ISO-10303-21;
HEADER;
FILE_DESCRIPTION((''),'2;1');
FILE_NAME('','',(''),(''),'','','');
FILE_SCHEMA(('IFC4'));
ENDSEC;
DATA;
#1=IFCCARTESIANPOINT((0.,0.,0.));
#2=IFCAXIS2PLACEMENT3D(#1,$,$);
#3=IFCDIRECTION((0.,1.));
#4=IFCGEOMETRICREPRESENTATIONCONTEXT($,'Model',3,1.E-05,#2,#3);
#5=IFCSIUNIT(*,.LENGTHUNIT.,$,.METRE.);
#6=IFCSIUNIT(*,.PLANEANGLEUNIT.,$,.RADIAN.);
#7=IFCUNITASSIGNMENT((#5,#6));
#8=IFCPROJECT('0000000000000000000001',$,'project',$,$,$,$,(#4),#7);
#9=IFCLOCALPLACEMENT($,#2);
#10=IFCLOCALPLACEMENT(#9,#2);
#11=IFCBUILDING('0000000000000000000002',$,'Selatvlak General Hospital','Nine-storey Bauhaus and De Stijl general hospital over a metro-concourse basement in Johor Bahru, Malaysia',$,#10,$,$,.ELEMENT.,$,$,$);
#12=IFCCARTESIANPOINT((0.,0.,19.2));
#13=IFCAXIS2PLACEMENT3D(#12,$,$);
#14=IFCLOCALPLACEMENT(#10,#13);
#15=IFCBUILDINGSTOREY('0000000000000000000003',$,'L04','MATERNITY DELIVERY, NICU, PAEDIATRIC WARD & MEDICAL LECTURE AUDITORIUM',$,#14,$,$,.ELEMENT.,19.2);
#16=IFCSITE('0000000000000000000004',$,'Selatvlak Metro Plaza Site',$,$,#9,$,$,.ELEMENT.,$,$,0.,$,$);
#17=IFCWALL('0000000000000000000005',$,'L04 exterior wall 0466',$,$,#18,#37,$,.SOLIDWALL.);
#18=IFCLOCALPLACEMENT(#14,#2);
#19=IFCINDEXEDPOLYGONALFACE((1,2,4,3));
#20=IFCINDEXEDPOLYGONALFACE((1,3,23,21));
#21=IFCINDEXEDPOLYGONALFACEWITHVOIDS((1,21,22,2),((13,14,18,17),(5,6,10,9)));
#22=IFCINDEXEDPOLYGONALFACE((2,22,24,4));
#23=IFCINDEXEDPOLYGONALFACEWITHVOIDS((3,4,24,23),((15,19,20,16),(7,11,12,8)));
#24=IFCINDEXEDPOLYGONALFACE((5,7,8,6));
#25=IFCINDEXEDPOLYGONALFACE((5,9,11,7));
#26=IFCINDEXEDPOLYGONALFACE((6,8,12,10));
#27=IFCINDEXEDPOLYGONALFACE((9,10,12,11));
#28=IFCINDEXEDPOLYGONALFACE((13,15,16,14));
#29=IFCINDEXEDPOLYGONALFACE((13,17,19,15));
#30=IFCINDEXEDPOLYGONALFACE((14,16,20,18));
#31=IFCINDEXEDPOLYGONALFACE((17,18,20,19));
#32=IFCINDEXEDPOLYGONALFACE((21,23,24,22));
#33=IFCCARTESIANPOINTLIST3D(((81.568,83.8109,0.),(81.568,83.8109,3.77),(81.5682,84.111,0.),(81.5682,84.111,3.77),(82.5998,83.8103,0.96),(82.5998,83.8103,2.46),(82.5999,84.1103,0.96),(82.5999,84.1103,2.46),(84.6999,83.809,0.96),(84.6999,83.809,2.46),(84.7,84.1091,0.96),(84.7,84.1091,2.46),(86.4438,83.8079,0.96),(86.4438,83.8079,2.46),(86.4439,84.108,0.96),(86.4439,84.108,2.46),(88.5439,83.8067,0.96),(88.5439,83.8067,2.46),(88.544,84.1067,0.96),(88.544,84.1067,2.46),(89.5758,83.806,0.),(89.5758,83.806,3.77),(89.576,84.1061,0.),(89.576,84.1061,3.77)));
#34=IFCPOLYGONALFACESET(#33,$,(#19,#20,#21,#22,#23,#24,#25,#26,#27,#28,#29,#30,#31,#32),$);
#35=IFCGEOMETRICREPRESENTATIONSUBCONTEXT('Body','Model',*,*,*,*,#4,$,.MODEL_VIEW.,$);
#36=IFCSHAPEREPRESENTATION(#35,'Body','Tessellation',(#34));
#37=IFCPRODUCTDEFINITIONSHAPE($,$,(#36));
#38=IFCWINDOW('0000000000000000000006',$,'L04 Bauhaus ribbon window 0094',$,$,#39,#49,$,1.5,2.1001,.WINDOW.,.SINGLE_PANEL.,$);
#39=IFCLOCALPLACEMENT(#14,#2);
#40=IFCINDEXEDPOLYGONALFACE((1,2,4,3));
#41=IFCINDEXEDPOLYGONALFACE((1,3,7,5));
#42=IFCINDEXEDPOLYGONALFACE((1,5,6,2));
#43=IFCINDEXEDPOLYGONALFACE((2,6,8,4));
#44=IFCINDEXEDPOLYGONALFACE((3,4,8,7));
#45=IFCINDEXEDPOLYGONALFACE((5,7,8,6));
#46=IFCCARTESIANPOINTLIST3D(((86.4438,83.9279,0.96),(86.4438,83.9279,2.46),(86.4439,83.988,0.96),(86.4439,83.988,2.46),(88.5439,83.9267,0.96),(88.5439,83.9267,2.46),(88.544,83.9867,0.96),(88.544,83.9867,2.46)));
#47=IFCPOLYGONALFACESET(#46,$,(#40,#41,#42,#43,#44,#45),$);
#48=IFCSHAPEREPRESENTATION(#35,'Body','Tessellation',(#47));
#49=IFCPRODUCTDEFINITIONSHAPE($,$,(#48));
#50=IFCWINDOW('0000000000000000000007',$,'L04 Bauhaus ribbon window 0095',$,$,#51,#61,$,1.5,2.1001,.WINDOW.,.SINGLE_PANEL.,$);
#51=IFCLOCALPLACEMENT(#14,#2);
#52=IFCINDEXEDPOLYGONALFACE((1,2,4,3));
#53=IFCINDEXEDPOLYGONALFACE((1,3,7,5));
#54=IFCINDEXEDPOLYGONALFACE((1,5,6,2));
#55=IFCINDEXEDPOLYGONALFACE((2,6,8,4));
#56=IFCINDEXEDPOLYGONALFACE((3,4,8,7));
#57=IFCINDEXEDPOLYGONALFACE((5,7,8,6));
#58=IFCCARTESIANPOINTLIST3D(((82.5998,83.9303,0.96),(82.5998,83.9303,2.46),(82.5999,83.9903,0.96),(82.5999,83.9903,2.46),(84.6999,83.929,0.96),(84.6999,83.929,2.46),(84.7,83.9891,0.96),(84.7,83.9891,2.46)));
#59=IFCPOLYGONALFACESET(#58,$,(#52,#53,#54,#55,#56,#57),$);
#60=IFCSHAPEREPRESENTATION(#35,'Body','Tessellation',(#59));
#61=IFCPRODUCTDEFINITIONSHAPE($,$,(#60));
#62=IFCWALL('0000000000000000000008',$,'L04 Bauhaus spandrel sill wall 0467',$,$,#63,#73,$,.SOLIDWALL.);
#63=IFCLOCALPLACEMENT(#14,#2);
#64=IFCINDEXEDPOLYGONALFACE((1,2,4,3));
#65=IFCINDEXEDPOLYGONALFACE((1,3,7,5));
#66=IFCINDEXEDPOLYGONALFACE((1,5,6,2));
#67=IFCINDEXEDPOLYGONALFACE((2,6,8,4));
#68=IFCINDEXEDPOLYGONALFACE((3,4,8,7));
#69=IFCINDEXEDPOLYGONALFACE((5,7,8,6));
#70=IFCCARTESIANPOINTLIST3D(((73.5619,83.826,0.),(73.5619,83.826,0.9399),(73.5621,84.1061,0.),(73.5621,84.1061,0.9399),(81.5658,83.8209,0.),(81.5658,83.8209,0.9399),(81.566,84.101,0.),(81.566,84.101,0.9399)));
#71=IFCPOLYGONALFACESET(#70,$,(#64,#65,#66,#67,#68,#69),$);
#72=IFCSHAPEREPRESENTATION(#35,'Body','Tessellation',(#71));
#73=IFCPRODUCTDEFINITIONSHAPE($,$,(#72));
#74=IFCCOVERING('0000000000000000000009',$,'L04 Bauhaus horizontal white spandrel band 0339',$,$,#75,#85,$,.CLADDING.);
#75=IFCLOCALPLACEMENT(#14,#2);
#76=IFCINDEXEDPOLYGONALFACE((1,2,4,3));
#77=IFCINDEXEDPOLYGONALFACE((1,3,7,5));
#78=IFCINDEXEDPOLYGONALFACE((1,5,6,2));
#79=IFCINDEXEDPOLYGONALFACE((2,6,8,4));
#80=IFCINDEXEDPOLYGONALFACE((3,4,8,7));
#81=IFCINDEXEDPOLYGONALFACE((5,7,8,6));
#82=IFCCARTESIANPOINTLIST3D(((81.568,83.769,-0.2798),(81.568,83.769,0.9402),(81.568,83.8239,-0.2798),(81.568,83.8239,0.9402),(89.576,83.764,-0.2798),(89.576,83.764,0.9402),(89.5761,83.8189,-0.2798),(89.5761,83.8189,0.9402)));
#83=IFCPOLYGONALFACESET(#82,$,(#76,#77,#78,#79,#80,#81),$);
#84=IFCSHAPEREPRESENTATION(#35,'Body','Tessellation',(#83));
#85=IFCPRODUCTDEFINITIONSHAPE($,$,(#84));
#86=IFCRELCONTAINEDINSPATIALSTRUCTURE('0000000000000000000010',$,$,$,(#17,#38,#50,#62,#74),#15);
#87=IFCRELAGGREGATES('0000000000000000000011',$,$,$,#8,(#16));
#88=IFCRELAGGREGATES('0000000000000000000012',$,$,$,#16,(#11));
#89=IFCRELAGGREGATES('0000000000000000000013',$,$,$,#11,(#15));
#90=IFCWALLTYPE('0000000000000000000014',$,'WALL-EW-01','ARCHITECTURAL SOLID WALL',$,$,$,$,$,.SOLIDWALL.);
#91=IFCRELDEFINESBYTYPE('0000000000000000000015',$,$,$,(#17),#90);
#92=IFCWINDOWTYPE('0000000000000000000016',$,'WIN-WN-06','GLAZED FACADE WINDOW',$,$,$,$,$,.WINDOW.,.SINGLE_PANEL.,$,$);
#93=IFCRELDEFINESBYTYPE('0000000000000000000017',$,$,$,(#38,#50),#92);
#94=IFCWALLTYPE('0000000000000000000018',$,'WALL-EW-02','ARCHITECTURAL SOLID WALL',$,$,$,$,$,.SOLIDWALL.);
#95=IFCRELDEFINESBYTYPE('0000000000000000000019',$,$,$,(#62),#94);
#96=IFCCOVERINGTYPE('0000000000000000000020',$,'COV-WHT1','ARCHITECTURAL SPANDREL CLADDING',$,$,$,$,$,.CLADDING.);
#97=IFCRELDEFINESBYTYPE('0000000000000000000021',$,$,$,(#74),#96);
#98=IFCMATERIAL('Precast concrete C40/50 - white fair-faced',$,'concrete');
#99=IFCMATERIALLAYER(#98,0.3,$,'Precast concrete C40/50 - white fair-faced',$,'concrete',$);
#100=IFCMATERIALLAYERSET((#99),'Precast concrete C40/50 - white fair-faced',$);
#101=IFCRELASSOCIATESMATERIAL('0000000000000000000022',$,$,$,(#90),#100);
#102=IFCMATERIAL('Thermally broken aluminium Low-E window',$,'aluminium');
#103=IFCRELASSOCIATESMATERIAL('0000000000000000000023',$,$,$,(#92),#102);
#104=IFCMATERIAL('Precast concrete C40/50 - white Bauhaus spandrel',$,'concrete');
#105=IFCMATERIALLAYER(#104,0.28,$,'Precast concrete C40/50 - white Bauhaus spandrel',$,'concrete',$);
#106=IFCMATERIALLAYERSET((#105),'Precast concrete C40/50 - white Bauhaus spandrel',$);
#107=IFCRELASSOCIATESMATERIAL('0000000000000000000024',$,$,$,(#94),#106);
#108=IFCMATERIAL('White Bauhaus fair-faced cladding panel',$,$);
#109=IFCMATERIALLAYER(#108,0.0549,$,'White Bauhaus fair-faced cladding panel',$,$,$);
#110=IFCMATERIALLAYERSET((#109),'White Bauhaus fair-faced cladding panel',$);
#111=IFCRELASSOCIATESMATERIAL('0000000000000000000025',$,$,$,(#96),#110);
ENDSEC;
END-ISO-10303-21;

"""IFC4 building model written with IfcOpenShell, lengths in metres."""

from ifc_helpers import new_model, si_unit, direction, frame, frame_2d, origin, origin_2d, place, context, subcontext, project, spatial, rectangle, extrude, material, layer, layer_set, type_object, element, fill, save


model = new_model("IFC4")

# Units and contexts
model_context = context("Model", 3, precision=1e-05, world=origin(), true_north=direction((0.0, 1.0)))
body_context = subcontext(model_context, "Body", "Model", "MODEL_VIEW")
ifc_project = project(units=[si_unit("LENGTHUNIT", "METRE"), si_unit("PLANEANGLEUNIT", "RADIAN")], contexts=[model_context])

# Site, building, storey
site_placement = place(None, origin())
site = spatial("IfcSite", under=ifc_project, at=site_placement, Name="Selatvlak Metro Plaza Site", CompositionType="ELEMENT", RefElevation=0.0)
building_placement = place(site_placement, origin())
building = spatial("IfcBuilding", under=site, at=building_placement, Name="Selatvlak General Hospital", Description="Nine-storey Bauhaus and De Stijl general hospital over a metro-concourse basement in Johor Bahru, Malaysia", CompositionType="ELEMENT")
storey_placement = place(building_placement, frame((0.0, 0.0, 19.2)))
storey = spatial("IfcBuildingStorey", under=building, at=storey_placement, Name="L04", Description="MATERNITY DELIVERY, NICU, PAEDIATRIC WARD & MEDICAL LECTURE AUDITORIUM", CompositionType="ELEMENT", Elevation=19.2)

# Wall, openings, windows
ifc_material_1 = material(Name="Precast concrete C40/50 - white fair-faced", Category="concrete")
ifc_layer_1 = layer(ifc_material_1, 0.3, Name="Precast concrete C40/50 - white fair-faced", Category="concrete")
ifc_layer_set_1 = layer_set([ifc_layer_1], Name="Precast concrete C40/50 - white fair-faced")
wall_type_1 = type_object("IfcWallType", Name="WALL-EW-01", Description="ARCHITECTURAL SOLID WALL", PredefinedType="SOLIDWALL", material=ifc_layer_set_1)
wall_1_placement = place(storey_placement, frame((89.5759, 83.9561, 0.0), z_axis=(0.0, 0.0, 1.0), x_axis=(-1.0, 0.00061, 0.0)))
wall_1 = element("IfcWall", 1, at=wall_1_placement, inside=storey, type_object=wall_type_1, Name="L04 exterior wall 0466", PredefinedType="SOLIDWALL", context=body_context, shape_type="SweptSolid", body=[
    extrude(rectangle(XDim=8.0078, YDim=0.3, at=frame_2d((4.0039, 0.0))), origin(), (0.0, 0.0, 1.0), 3.77),
])
opening_1_placement = place(wall_1_placement, frame((1.032, 0.0, 0.96)))
opening_1 = element("IfcOpeningElement", 2, at=opening_1_placement, cuts=wall_1, PredefinedType="OPENING", context=body_context, shape_type="SweptSolid", body=[
    extrude(rectangle(XDim=2.1001, YDim=1.5, at=frame_2d((1.05, 0.75))), frame((0.0, 0.1599, 0.0), z_axis=(0.0, -1.0, 0.0), x_axis=(1.0, 0.0, 0.0)), (0.0, 0.0, 1.0), 0.3201),
])
opening_2_placement = place(wall_1_placement, frame((4.876, 0.0, 0.96)))
opening_2 = element("IfcOpeningElement", 3, at=opening_2_placement, cuts=wall_1, PredefinedType="OPENING", context=body_context, shape_type="SweptSolid", body=[
    extrude(rectangle(XDim=2.1001, YDim=1.5, at=frame_2d((1.05, 0.75))), frame((0.0, 0.1599, 0.0), z_axis=(0.0, -1.0, 0.0), x_axis=(1.0, 0.0, 0.0)), (0.0, 0.0, 1.0), 0.3201),
])
ifc_material_2 = material(Name="Thermally broken aluminium Low-E window", Category="aluminium")
window_type = type_object("IfcWindowType", Name="WIN-WN-06", Description="GLAZED FACADE WINDOW", PartitioningType="SINGLE_PANEL", PredefinedType="WINDOW", material=ifc_material_2)
window_1_placement = place(opening_1_placement, origin())
window_1 = element("IfcWindow", 4, at=window_1_placement, inside=storey, type_object=window_type, Name="L04 Bauhaus ribbon window 0094", OverallHeight=1.5, OverallWidth=2.1001, PartitioningType="SINGLE_PANEL", PredefinedType="WINDOW", context=body_context, shape_type="SweptSolid", body=[
    extrude(rectangle(XDim=2.1001, YDim=1.5, at=frame_2d((1.05, 0.75))), frame((0.0, 0.03, 0.0), z_axis=(0.0, -1.0, 0.0), x_axis=(1.0, 0.0, 0.0)), (0.0, 0.0, 1.0), 0.0601),
])
fill(opening_1, window_1)
window_2_placement = place(opening_2_placement, origin())
window_2 = element("IfcWindow", 5, at=window_2_placement, inside=storey, type_object=window_type, Name="L04 Bauhaus ribbon window 0095", OverallHeight=1.5, OverallWidth=2.1001, PartitioningType="SINGLE_PANEL", PredefinedType="WINDOW", context=body_context, shape_type="SweptSolid", body=[
    extrude(rectangle(XDim=2.1001, YDim=1.5, at=frame_2d((1.05, 0.75))), frame((0.0, 0.03, 0.0), z_axis=(0.0, -1.0, 0.0), x_axis=(1.0, 0.0, 0.0)), (0.0, 0.0, 1.0), 0.0601),
])
fill(opening_2, window_2)

# Wall
ifc_material_3 = material(Name="Precast concrete C40/50 - white Bauhaus spandrel", Category="concrete")
ifc_layer_2 = layer(ifc_material_3, 0.28, Name="Precast concrete C40/50 - white Bauhaus spandrel", Category="concrete")
ifc_layer_set_2 = layer_set([ifc_layer_2], Name="Precast concrete C40/50 - white Bauhaus spandrel")
wall_type_2 = type_object("IfcWallType", Name="WALL-EW-02", Description="ARCHITECTURAL SOLID WALL", PredefinedType="SOLIDWALL", material=ifc_layer_set_2)
wall_2_placement = place(storey_placement, frame((81.5659, 83.9609, 0.0), z_axis=(0.0, 0.0, 1.0), x_axis=(-1.0, 0.000641, 0.0)))
element("IfcWall", 6, at=wall_2_placement, inside=storey, type_object=wall_type_2, Name="L04 Bauhaus spandrel sill wall 0467", PredefinedType="SOLIDWALL", context=body_context, shape_type="SweptSolid", body=[
    extrude(rectangle(XDim=8.0039, YDim=0.28, at=frame_2d((4.002, 0.0))), origin(), (0.0, 0.0, 1.0), 0.9399),
])

# Covering
ifc_material_4 = material(Name="White Bauhaus fair-faced cladding panel")
ifc_layer_3 = layer(ifc_material_4, 0.0549, Name="White Bauhaus fair-faced cladding panel")
ifc_layer_set_3 = layer_set([ifc_layer_3], Name="White Bauhaus fair-faced cladding panel")
covering_type = type_object("IfcCoveringType", Name="COV-WHT1", Description="ARCHITECTURAL SPANDREL CLADDING", PredefinedType="CLADDING", material=ifc_layer_set_3)
covering_placement = place(storey_placement, frame((85.572, 83.7939, -0.2798), z_axis=(0.0, 0.0, 1.0), x_axis=(-1.0, 0.000628, 0.0)))
element("IfcCovering", 7, at=covering_placement, inside=storey, type_object=covering_type, Name="L04 Bauhaus horizontal white spandrel band 0339", PredefinedType="CLADDING", context=body_context, shape_type="SweptSolid", body=[
    extrude(rectangle(XDim=8.0081, YDim=0.0549, at=origin_2d()), origin(), (0.0, 0.0, 1.0), 1.22),
])

save(model, "model.ifc")
